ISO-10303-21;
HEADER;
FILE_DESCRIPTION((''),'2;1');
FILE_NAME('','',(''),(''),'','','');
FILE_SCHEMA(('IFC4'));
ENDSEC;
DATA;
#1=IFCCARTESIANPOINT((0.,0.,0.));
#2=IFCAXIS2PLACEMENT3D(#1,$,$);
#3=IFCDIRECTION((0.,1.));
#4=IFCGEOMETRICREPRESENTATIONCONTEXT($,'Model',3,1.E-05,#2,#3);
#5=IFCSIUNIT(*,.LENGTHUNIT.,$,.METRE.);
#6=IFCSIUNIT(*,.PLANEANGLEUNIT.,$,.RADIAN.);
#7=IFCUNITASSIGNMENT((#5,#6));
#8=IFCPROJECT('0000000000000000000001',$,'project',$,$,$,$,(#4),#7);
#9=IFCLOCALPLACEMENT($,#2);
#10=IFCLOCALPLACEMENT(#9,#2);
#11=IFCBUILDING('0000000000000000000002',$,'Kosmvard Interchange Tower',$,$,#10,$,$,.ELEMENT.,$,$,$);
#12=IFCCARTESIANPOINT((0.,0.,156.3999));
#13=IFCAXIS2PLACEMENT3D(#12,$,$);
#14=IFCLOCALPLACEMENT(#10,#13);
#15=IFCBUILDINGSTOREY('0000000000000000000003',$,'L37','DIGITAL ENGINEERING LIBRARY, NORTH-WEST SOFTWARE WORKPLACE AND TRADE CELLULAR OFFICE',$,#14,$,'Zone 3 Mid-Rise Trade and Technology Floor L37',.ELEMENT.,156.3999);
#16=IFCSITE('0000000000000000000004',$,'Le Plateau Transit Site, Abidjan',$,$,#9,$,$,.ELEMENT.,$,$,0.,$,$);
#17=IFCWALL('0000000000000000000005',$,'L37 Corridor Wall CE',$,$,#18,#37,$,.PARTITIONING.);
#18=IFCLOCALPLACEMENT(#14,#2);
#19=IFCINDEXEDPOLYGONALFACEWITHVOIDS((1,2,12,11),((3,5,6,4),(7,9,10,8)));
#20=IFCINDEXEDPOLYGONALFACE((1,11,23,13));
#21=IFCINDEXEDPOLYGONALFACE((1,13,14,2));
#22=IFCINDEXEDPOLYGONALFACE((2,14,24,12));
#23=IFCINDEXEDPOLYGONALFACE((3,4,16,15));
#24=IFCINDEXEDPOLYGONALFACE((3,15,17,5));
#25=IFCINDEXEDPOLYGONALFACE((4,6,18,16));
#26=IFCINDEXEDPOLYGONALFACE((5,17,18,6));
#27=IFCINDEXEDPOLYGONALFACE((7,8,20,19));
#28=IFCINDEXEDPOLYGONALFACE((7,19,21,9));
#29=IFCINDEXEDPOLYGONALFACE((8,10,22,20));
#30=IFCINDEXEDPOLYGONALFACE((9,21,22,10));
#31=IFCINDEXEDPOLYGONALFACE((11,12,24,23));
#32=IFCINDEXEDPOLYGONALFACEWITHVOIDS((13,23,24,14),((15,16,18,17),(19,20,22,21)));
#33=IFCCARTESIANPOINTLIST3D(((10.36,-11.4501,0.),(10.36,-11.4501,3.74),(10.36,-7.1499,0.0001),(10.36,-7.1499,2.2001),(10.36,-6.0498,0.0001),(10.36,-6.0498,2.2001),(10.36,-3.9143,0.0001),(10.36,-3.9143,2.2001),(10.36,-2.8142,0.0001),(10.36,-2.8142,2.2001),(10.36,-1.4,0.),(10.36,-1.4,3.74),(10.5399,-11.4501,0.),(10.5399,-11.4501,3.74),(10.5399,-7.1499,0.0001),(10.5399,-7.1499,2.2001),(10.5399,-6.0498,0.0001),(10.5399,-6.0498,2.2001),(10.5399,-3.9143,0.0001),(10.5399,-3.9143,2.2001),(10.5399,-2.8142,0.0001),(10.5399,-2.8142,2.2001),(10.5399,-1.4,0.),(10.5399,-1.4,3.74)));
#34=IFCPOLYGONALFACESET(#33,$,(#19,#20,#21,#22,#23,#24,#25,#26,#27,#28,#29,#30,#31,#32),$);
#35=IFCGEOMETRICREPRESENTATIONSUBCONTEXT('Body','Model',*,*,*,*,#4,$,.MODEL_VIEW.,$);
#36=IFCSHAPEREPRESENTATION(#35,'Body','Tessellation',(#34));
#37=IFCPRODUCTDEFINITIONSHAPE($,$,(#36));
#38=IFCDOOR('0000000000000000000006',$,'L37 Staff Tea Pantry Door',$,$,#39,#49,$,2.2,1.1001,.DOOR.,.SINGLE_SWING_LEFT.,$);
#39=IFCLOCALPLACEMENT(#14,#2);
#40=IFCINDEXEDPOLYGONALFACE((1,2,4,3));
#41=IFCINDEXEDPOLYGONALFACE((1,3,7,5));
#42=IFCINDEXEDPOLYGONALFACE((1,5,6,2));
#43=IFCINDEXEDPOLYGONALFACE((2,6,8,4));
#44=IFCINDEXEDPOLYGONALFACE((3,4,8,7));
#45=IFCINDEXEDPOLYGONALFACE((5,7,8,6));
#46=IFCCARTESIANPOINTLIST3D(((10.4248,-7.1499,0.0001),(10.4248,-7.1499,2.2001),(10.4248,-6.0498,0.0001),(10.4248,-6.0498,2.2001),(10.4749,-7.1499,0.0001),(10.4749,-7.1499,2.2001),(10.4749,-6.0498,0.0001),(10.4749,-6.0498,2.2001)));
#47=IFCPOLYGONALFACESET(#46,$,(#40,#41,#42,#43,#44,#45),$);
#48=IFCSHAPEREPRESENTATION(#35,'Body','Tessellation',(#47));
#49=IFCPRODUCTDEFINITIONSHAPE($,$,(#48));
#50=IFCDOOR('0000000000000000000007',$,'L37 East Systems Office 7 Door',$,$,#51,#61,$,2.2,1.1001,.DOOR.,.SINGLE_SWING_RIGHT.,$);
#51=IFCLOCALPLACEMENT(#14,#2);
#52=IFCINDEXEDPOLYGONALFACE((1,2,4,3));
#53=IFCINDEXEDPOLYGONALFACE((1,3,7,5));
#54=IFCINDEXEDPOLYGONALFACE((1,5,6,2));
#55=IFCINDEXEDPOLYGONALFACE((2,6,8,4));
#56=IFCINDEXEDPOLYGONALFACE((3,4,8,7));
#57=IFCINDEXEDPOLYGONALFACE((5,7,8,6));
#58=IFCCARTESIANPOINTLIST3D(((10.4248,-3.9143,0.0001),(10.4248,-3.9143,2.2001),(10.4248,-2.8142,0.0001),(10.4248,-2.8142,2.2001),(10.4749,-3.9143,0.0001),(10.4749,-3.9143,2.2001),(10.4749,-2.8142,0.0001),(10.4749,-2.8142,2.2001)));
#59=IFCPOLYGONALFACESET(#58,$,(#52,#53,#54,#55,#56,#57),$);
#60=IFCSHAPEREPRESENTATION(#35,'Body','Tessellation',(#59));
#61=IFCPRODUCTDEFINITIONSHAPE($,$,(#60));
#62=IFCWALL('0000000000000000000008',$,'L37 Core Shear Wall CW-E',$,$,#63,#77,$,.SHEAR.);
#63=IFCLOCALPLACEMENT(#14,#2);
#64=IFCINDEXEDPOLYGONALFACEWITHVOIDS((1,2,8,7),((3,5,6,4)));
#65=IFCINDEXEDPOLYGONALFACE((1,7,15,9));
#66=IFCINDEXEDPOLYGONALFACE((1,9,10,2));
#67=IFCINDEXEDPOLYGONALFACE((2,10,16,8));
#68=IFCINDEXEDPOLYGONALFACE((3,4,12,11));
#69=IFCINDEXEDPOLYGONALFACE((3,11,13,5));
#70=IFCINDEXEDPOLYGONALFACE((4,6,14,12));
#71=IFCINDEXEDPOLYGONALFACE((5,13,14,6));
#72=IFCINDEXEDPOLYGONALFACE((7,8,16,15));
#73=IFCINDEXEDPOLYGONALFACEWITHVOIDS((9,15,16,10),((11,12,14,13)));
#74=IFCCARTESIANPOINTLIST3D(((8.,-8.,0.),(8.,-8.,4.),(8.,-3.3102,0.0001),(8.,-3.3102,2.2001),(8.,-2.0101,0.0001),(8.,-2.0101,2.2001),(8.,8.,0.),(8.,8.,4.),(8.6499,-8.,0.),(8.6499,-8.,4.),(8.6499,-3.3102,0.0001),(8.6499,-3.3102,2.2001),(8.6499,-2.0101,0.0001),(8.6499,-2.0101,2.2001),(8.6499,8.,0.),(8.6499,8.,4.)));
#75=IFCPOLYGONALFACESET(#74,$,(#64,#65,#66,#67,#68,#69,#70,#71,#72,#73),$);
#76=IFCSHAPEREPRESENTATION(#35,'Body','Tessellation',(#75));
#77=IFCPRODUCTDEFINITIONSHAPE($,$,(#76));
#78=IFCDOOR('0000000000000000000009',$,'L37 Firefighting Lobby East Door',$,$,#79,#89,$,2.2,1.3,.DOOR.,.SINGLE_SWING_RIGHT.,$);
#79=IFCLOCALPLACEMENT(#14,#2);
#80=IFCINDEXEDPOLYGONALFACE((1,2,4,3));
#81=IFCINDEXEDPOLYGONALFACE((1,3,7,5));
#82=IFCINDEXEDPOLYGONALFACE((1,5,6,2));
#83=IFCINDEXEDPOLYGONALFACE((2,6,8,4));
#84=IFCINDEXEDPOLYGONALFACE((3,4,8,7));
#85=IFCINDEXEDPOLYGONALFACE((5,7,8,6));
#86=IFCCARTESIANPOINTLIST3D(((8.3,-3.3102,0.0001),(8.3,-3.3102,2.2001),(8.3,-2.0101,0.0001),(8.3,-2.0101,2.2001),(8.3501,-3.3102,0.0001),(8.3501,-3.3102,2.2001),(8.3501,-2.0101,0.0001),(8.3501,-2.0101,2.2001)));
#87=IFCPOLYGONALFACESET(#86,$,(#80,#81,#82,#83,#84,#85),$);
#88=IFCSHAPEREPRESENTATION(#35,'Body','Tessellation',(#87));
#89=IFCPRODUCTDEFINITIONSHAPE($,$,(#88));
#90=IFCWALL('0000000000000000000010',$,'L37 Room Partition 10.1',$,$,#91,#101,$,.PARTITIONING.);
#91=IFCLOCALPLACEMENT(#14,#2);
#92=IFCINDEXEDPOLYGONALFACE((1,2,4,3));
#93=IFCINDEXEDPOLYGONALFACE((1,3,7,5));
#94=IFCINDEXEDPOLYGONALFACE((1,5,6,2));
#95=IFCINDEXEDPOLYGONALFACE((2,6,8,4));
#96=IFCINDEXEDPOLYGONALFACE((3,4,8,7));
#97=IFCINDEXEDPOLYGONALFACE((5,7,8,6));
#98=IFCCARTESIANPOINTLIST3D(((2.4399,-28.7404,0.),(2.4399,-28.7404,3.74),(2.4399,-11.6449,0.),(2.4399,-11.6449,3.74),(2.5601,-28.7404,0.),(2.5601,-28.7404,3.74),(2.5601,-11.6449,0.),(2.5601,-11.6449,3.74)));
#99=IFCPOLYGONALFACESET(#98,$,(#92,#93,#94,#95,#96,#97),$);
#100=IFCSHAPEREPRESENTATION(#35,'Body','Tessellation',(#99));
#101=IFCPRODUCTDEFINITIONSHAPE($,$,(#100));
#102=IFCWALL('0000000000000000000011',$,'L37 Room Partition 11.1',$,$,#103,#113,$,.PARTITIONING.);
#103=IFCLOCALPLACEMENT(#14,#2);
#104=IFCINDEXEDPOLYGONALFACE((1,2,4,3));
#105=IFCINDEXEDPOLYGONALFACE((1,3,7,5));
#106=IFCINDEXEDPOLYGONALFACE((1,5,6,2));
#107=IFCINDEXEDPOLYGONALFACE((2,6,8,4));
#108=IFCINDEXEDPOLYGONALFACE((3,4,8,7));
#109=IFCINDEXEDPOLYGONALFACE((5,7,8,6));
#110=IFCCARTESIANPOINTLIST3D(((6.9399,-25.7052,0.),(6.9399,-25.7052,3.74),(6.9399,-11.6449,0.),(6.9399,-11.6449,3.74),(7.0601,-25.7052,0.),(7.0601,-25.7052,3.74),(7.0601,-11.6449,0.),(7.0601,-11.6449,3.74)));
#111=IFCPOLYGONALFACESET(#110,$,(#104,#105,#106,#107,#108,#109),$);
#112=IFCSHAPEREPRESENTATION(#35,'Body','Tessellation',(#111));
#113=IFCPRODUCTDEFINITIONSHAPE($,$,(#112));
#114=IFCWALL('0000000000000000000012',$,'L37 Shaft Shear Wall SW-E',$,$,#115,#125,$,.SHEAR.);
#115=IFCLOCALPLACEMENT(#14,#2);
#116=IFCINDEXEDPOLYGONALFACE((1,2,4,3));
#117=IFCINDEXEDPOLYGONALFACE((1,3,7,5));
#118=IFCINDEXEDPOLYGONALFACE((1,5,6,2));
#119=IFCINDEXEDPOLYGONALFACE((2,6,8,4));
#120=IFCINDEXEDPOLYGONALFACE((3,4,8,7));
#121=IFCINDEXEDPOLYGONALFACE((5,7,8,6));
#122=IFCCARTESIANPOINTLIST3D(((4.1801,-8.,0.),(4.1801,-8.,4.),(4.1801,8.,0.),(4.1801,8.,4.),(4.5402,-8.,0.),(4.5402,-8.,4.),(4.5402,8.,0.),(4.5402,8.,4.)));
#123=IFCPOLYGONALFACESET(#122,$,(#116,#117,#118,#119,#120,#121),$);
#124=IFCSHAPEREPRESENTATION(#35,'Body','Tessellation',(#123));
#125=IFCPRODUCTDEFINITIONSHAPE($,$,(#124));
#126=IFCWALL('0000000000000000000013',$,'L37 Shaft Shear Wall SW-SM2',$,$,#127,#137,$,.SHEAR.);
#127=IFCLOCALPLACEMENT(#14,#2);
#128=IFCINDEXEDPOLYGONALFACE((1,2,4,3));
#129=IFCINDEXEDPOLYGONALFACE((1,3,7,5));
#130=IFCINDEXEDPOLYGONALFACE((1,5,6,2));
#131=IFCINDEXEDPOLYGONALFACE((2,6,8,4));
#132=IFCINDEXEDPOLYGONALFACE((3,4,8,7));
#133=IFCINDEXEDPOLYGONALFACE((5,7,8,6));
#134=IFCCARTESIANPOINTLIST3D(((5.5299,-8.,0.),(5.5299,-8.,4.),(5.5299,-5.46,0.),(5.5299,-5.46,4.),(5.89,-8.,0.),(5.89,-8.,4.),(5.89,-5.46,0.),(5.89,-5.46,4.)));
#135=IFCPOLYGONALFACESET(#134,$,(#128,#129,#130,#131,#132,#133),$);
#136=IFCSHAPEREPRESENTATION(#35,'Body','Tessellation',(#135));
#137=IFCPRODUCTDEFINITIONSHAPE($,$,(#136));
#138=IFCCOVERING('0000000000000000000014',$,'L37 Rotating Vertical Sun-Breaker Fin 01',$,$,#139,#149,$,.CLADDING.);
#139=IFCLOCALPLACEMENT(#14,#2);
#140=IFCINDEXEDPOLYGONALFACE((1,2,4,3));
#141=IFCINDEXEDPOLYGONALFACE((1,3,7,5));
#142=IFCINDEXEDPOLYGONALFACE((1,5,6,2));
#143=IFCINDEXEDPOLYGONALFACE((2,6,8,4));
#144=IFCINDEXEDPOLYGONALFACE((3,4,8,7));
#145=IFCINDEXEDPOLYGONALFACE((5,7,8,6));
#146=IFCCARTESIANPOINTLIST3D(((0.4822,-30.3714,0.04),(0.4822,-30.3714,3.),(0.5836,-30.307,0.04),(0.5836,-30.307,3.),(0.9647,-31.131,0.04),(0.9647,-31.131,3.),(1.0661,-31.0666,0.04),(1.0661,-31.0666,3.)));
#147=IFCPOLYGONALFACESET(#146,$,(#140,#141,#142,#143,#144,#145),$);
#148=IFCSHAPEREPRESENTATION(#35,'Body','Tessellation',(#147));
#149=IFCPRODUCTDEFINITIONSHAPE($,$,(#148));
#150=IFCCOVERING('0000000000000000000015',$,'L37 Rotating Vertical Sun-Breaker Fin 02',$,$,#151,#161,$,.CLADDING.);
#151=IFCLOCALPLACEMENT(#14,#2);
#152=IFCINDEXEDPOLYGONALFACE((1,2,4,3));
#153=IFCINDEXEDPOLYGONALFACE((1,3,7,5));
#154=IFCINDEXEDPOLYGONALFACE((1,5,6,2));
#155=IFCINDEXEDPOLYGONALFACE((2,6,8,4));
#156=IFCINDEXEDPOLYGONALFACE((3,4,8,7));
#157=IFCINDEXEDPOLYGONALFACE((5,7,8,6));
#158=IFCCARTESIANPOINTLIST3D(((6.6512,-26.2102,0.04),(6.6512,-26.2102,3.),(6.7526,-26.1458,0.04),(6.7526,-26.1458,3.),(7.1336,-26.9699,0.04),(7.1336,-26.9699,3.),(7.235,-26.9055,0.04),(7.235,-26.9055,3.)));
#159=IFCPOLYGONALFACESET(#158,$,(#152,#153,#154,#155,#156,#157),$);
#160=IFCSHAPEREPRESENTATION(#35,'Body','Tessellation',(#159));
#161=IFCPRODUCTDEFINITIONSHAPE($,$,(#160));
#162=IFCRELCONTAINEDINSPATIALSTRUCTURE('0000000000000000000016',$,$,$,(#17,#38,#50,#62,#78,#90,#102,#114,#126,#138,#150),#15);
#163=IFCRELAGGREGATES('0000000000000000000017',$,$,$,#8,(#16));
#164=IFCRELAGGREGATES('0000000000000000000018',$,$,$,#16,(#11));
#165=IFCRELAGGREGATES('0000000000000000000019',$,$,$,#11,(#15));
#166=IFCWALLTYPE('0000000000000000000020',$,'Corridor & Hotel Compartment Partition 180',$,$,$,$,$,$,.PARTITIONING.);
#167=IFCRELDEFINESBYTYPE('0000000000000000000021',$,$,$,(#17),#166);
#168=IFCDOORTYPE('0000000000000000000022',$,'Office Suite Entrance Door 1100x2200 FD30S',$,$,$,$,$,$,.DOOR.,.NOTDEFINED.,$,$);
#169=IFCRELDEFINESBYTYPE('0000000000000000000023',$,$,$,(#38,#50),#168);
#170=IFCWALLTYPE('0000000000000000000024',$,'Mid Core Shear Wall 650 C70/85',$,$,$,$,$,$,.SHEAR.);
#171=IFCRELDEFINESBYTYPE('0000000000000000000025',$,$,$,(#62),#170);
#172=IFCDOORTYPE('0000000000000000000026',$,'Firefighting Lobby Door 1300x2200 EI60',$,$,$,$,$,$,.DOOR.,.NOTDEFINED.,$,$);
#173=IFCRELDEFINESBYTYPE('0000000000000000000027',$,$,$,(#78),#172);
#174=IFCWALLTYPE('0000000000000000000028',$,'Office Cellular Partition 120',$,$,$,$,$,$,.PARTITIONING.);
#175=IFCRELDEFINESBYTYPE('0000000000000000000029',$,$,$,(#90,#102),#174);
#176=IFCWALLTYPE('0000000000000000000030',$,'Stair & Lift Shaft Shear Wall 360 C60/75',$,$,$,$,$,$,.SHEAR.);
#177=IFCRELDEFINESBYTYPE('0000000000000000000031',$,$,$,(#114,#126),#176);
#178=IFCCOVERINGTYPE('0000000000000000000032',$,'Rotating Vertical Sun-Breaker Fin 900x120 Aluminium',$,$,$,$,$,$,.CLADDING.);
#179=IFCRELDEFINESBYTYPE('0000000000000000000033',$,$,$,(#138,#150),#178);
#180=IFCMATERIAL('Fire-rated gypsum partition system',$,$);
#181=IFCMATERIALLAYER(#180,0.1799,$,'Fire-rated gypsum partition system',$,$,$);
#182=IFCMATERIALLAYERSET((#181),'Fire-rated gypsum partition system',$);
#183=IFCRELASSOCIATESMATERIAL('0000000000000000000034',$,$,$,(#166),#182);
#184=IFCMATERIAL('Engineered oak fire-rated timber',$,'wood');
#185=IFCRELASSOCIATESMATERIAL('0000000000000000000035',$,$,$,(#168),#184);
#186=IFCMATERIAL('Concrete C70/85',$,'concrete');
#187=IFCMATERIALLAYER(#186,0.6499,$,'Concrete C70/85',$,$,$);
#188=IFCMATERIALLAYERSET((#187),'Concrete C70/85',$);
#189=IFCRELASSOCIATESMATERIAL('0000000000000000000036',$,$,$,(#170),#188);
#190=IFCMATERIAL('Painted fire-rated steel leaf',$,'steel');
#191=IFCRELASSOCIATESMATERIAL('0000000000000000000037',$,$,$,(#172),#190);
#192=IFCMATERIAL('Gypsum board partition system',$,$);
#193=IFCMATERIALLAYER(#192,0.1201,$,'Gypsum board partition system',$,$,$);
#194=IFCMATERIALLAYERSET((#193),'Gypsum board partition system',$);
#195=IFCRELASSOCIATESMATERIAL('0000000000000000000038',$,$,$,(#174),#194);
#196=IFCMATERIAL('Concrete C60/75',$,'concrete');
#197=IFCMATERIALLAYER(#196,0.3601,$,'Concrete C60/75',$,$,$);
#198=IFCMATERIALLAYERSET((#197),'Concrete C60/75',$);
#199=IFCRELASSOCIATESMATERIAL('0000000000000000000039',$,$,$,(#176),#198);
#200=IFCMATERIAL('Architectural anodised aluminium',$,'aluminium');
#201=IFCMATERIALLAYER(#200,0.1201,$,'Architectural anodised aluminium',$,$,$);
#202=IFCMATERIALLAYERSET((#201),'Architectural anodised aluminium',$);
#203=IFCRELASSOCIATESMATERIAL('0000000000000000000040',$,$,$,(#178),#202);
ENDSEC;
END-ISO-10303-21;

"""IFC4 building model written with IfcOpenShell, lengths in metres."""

from ifc_helpers import new_model, si_unit, direction, frame, frame_2d, origin, origin_2d, place, context, subcontext, project, spatial, rectangle, extrude, source, transform, mapped, material, layer, layer_set, type_object, element, fill, save


model = new_model("IFC4")

# Units and contexts
model_context = context("Model", 3, precision=1e-05, world=origin(), true_north=direction((0.0, 1.0)))
body_context = subcontext(model_context, "Body", "Model", "MODEL_VIEW")
ifc_project = project(units=[si_unit("LENGTHUNIT", "METRE"), si_unit("PLANEANGLEUNIT", "RADIAN")], contexts=[model_context])

# Site, building, storey
site_placement = place(None, origin())
site = spatial("IfcSite", under=ifc_project, at=site_placement, Name="Le Plateau Transit Site, Abidjan", CompositionType="ELEMENT", RefElevation=0.0)
building_placement = place(site_placement, origin())
building = spatial("IfcBuilding", under=site, at=building_placement, Name="Kosmvard Interchange Tower", CompositionType="ELEMENT")
storey_placement = place(building_placement, frame((0.0, 0.0, 156.3999)))
storey = spatial("IfcBuildingStorey", under=building, at=storey_placement, Name="L37", Description="DIGITAL ENGINEERING LIBRARY, NORTH-WEST SOFTWARE WORKPLACE AND TRADE CELLULAR OFFICE", LongName="Zone 3 Mid-Rise Trade and Technology Floor L37", CompositionType="ELEMENT", Elevation=156.3999)

# Shared definitions
ifc_material_1 = material(Name="Concrete C60/75", Category="concrete")

# Wall, openings, doors
ifc_material_2 = material(Name="Fire-rated gypsum partition system")
ifc_layer_1 = layer(ifc_material_2, 0.1799, Name="Fire-rated gypsum partition system")
ifc_layer_set_1 = layer_set([ifc_layer_1], Name="Fire-rated gypsum partition system")
wall_type_1 = type_object("IfcWallType", Name="Corridor & Hotel Compartment Partition 180", PredefinedType="PARTITIONING", material=ifc_layer_set_1)
ifc_material_3 = material(Name="Painted fire-rated steel leaf", Category="steel")
shared_shape_1 = source(origin(), body_context, "Body", "SweptSolid", [
    extrude(rectangle(XDim=1.1001, YDim=2.2, at=frame_2d((0.55, 1.1001))), frame((0.0, 0.0249, 0.0), z_axis=(0.0, -1.0, 0.0), x_axis=(1.0, 0.0, 0.0)), (0.0, 0.0, 1.0), 0.05),
])
wall_1_placement = place(storey_placement, frame((10.45, -11.45, 0.0), z_axis=(0.0, 0.0, 1.0), x_axis=(0.0, 1.0, 0.0)))
wall_1 = element("IfcWall", 1, at=wall_1_placement, inside=storey, type_object=wall_type_1, Name="L37 Corridor Wall CE", PredefinedType="PARTITIONING", context=body_context, shape_type="SweptSolid", body=[
    extrude(rectangle(XDim=10.05, YDim=0.1799, at=frame_2d((5.0249, 0.0))), origin(), (0.0, 0.0, 1.0), 3.74),
])
opening_1_placement = place(wall_1_placement, frame((4.3, 0.0, 0.0)))
opening_1 = element("IfcOpeningElement", 2, at=opening_1_placement, cuts=wall_1, PredefinedType="OPENING", context=body_context, shape_type="SweptSolid", body=[
    extrude(rectangle(XDim=1.1001, YDim=2.2, at=frame_2d((0.55, 1.1001))), frame((0.0, 0.1001, 0.0), z_axis=(0.0, -1.0, 0.0), x_axis=(1.0, 0.0, 0.0)), (0.0, 0.0, 1.0), 0.2),
])
opening_2_placement = place(wall_1_placement, frame((7.5356, 0.0, 0.0)))
opening_2 = element("IfcOpeningElement", 3, at=opening_2_placement, cuts=wall_1, PredefinedType="OPENING", context=body_context, shape_type="SweptSolid", body=[
    extrude(rectangle(XDim=1.1001, YDim=2.2, at=frame_2d((0.55, 1.1001))), frame((0.0, 0.1001, 0.0), z_axis=(0.0, -1.0, 0.0), x_axis=(1.0, 0.0, 0.0)), (0.0, 0.0, 1.0), 0.2),
])
ifc_material_4 = material(Name="Engineered oak fire-rated timber", Category="wood")
door_type_1 = type_object("IfcDoorType", Name="Office Suite Entrance Door 1100x2200 FD30S", OperationType="NOTDEFINED", PredefinedType="DOOR", material=ifc_material_4)
door_1_placement = place(opening_1_placement, frame((1.1001, 0.0, 0.0), z_axis=(0.0, 0.0, 1.0), x_axis=(-1.0, 0.0, 0.0)))
door_1 = element("IfcDoor", 4, at=door_1_placement, inside=storey, type_object=door_type_1, Name="L37 Staff Tea Pantry Door", OperationType="SINGLE_SWING_LEFT", OverallHeight=2.2, OverallWidth=1.1001, PredefinedType="DOOR", context=body_context, shape_type="MappedRepresentation", body=[
    mapped(shared_shape_1, transform((0.0, 0.0, 0.0), scale=1.0)),
])
fill(opening_1, door_1)
door_2_placement = place(opening_2_placement, frame((1.1001, 0.0, 0.0), z_axis=(0.0, 0.0, 1.0), x_axis=(-1.0, 0.0, 0.0)))
door_2 = element("IfcDoor", 5, at=door_2_placement, inside=storey, type_object=door_type_1, Name="L37 East Systems Office 7 Door", OperationType="SINGLE_SWING_RIGHT", OverallHeight=2.2, OverallWidth=1.1001, PredefinedType="DOOR", context=body_context, shape_type="MappedRepresentation", body=[
    mapped(shared_shape_1, transform((0.0, 0.0, 0.0), scale=1.0)),
])
fill(opening_2, door_2)

# Wall, opening, door
ifc_material_5 = material(Name="Concrete C70/85", Category="concrete")
ifc_layer_2 = layer(ifc_material_5, 0.6499, Name="Concrete C70/85")
ifc_layer_set_2 = layer_set([ifc_layer_2], Name="Concrete C70/85")
wall_type_2 = type_object("IfcWallType", Name="Mid Core Shear Wall 650 C70/85", PredefinedType="SHEAR", material=ifc_layer_set_2)
wall_2_placement = place(storey_placement, frame((8.325, -8.0, 0.0), z_axis=(0.0, 0.0, 1.0), x_axis=(0.0, 1.0, 0.0)))
wall_2 = element("IfcWall", 6, at=wall_2_placement, inside=storey, type_object=wall_type_2, Name="L37 Core Shear Wall CW-E", PredefinedType="SHEAR", context=body_context, shape_type="SweptSolid", body=[
    extrude(rectangle(XDim=16.0, YDim=0.6499, at=frame_2d((8.0, 0.0))), origin(), (0.0, 0.0, 1.0), 4.0),
])
opening_3_placement = place(wall_2_placement, frame((4.6899, 0.0, 0.0)))
opening_3 = element("IfcOpeningElement", 7, at=opening_3_placement, cuts=wall_2, PredefinedType="OPENING", context=body_context, shape_type="SweptSolid", body=[
    extrude(rectangle(XDim=1.3, YDim=2.2, at=frame_2d((0.6499, 1.1001))), frame((0.0, 0.335, 0.0), z_axis=(0.0, -1.0, 0.0), x_axis=(1.0, 0.0, 0.0)), (0.0, 0.0, 1.0), 0.6699),
])
door_type_2 = type_object("IfcDoorType", Name="Firefighting Lobby Door 1300x2200 EI60", OperationType="NOTDEFINED", PredefinedType="DOOR", material=ifc_material_3)
shared_shape_2 = source(origin(), body_context, "Body", "SweptSolid", [
    extrude(rectangle(XDim=1.3, YDim=2.2, at=frame_2d((0.6499, 1.1001))), frame((0.0, 0.0249, 0.0), z_axis=(0.0, -1.0, 0.0), x_axis=(1.0, 0.0, 0.0)), (0.0, 0.0, 1.0), 0.05),
])
door_3_placement = place(opening_3_placement, origin())
door_3 = element("IfcDoor", 8, at=door_3_placement, inside=storey, type_object=door_type_2, Name="L37 Firefighting Lobby East Door", OperationType="SINGLE_SWING_RIGHT", OverallHeight=2.2, OverallWidth=1.3, PredefinedType="DOOR", context=body_context, shape_type="MappedRepresentation", body=[
    mapped(shared_shape_2, transform((0.0, 0.0, 0.0), scale=1.0)),
])
fill(opening_3, door_3)

# Walls
ifc_material_6 = material(Name="Gypsum board partition system")
ifc_layer_3 = layer(ifc_material_6, 0.1201, Name="Gypsum board partition system")
ifc_layer_set_3 = layer_set([ifc_layer_3], Name="Gypsum board partition system")
wall_type_3 = type_object("IfcWallType", Name="Office Cellular Partition 120", PredefinedType="PARTITIONING", material=ifc_layer_set_3)
wall_3_placement = place(storey_placement, frame((2.5, -28.7405, 0.0), z_axis=(0.0, 0.0, 1.0), x_axis=(0.0, 1.0, 0.0)))
element("IfcWall", 9, at=wall_3_placement, inside=storey, type_object=wall_type_3, Name="L37 Room Partition 10.1", PredefinedType="PARTITIONING", context=body_context, shape_type="SweptSolid", body=[
    extrude(rectangle(XDim=17.0955, YDim=0.1201, at=frame_2d((8.5479, 0.0))), origin(), (0.0, 0.0, 1.0), 3.74),
])
wall_4_placement = place(storey_placement, frame((7.0, -25.7053, 0.0), z_axis=(0.0, 0.0, 1.0), x_axis=(0.0, 1.0, 0.0)))
element("IfcWall", 10, at=wall_4_placement, inside=storey, type_object=wall_type_3, Name="L37 Room Partition 11.1", PredefinedType="PARTITIONING", context=body_context, shape_type="SweptSolid", body=[
    extrude(rectangle(XDim=14.0603, YDim=0.1201, at=frame_2d((7.0303, 0.0))), origin(), (0.0, 0.0, 1.0), 3.74),
])
ifc_layer_4 = layer(ifc_material_1, 0.3601, Name="Concrete C60/75")
ifc_layer_set_4 = layer_set([ifc_layer_4], Name="Concrete C60/75")
wall_type_4 = type_object("IfcWallType", Name="Stair & Lift Shaft Shear Wall 360 C60/75", PredefinedType="SHEAR", material=ifc_layer_set_4)
wall_5_placement = place(storey_placement, frame((4.3601, -8.0, 0.0), z_axis=(0.0, 0.0, 1.0), x_axis=(0.0, 1.0, 0.0)))
element("IfcWall", 11, at=wall_5_placement, inside=storey, type_object=wall_type_4, Name="L37 Shaft Shear Wall SW-E", PredefinedType="SHEAR", context=body_context, shape_type="SweptSolid", body=[
    extrude(rectangle(XDim=16.0, YDim=0.3601, at=frame_2d((8.0, 0.0))), origin(), (0.0, 0.0, 1.0), 4.0),
])
wall_6_placement = place(storey_placement, frame((5.71, -8.0, 0.0), z_axis=(0.0, 0.0, 1.0), x_axis=(0.0, 1.0, 0.0)))
element("IfcWall", 12, at=wall_6_placement, inside=storey, type_object=wall_type_4, Name="L37 Shaft Shear Wall SW-SM2", PredefinedType="SHEAR", context=body_context, shape_type="SweptSolid", body=[
    extrude(rectangle(XDim=2.54, YDim=0.3601, at=frame_2d((1.27, 0.0))), origin(), (0.0, 0.0, 1.0), 4.0),
])

# Coverings
ifc_material_7 = material(Name="Architectural anodised aluminium", Category="aluminium")
ifc_layer_5 = layer(ifc_material_7, 0.1201, Name="Architectural anodised aluminium")
ifc_layer_set_5 = layer_set([ifc_layer_5], Name="Architectural anodised aluminium")
covering_type = type_object("IfcCoveringType", Name="Rotating Vertical Sun-Breaker Fin 900x120 Aluminium", PredefinedType="CLADDING", material=ifc_layer_set_5)
shared_shape_3 = source(origin(), body_context, "Body", "SweptSolid", [
    extrude(rectangle(XDim=0.8999, YDim=0.1201, at=origin_2d()), origin(), (0.0, 0.0, 1.0), 2.96),
])
for number, where, z_axis, x_axis, name in (
    (13, (0.7742, -30.719, 0.04), (0.0, 0.0, 1.0), (0.536121, -0.844141, 0.0), "L37 Rotating Vertical Sun-Breaker Fin 01"),
    (14, (6.9431, -26.5579, 0.04), (0.0, 0.0, 1.0), (0.536121, -0.844141, 0.0), "L37 Rotating Vertical Sun-Breaker Fin 02"),
):
    element("IfcCovering", number, at=place(storey_placement, frame(where, z_axis=z_axis, x_axis=x_axis)), inside=storey, type_object=covering_type, Name=name, PredefinedType="CLADDING", context=body_context, shape_type="MappedRepresentation", body=[
        mapped(shared_shape_3, transform((0.0, 0.0, 0.0), scale=1.0)),
    ])

save(model, "model.ifc")
